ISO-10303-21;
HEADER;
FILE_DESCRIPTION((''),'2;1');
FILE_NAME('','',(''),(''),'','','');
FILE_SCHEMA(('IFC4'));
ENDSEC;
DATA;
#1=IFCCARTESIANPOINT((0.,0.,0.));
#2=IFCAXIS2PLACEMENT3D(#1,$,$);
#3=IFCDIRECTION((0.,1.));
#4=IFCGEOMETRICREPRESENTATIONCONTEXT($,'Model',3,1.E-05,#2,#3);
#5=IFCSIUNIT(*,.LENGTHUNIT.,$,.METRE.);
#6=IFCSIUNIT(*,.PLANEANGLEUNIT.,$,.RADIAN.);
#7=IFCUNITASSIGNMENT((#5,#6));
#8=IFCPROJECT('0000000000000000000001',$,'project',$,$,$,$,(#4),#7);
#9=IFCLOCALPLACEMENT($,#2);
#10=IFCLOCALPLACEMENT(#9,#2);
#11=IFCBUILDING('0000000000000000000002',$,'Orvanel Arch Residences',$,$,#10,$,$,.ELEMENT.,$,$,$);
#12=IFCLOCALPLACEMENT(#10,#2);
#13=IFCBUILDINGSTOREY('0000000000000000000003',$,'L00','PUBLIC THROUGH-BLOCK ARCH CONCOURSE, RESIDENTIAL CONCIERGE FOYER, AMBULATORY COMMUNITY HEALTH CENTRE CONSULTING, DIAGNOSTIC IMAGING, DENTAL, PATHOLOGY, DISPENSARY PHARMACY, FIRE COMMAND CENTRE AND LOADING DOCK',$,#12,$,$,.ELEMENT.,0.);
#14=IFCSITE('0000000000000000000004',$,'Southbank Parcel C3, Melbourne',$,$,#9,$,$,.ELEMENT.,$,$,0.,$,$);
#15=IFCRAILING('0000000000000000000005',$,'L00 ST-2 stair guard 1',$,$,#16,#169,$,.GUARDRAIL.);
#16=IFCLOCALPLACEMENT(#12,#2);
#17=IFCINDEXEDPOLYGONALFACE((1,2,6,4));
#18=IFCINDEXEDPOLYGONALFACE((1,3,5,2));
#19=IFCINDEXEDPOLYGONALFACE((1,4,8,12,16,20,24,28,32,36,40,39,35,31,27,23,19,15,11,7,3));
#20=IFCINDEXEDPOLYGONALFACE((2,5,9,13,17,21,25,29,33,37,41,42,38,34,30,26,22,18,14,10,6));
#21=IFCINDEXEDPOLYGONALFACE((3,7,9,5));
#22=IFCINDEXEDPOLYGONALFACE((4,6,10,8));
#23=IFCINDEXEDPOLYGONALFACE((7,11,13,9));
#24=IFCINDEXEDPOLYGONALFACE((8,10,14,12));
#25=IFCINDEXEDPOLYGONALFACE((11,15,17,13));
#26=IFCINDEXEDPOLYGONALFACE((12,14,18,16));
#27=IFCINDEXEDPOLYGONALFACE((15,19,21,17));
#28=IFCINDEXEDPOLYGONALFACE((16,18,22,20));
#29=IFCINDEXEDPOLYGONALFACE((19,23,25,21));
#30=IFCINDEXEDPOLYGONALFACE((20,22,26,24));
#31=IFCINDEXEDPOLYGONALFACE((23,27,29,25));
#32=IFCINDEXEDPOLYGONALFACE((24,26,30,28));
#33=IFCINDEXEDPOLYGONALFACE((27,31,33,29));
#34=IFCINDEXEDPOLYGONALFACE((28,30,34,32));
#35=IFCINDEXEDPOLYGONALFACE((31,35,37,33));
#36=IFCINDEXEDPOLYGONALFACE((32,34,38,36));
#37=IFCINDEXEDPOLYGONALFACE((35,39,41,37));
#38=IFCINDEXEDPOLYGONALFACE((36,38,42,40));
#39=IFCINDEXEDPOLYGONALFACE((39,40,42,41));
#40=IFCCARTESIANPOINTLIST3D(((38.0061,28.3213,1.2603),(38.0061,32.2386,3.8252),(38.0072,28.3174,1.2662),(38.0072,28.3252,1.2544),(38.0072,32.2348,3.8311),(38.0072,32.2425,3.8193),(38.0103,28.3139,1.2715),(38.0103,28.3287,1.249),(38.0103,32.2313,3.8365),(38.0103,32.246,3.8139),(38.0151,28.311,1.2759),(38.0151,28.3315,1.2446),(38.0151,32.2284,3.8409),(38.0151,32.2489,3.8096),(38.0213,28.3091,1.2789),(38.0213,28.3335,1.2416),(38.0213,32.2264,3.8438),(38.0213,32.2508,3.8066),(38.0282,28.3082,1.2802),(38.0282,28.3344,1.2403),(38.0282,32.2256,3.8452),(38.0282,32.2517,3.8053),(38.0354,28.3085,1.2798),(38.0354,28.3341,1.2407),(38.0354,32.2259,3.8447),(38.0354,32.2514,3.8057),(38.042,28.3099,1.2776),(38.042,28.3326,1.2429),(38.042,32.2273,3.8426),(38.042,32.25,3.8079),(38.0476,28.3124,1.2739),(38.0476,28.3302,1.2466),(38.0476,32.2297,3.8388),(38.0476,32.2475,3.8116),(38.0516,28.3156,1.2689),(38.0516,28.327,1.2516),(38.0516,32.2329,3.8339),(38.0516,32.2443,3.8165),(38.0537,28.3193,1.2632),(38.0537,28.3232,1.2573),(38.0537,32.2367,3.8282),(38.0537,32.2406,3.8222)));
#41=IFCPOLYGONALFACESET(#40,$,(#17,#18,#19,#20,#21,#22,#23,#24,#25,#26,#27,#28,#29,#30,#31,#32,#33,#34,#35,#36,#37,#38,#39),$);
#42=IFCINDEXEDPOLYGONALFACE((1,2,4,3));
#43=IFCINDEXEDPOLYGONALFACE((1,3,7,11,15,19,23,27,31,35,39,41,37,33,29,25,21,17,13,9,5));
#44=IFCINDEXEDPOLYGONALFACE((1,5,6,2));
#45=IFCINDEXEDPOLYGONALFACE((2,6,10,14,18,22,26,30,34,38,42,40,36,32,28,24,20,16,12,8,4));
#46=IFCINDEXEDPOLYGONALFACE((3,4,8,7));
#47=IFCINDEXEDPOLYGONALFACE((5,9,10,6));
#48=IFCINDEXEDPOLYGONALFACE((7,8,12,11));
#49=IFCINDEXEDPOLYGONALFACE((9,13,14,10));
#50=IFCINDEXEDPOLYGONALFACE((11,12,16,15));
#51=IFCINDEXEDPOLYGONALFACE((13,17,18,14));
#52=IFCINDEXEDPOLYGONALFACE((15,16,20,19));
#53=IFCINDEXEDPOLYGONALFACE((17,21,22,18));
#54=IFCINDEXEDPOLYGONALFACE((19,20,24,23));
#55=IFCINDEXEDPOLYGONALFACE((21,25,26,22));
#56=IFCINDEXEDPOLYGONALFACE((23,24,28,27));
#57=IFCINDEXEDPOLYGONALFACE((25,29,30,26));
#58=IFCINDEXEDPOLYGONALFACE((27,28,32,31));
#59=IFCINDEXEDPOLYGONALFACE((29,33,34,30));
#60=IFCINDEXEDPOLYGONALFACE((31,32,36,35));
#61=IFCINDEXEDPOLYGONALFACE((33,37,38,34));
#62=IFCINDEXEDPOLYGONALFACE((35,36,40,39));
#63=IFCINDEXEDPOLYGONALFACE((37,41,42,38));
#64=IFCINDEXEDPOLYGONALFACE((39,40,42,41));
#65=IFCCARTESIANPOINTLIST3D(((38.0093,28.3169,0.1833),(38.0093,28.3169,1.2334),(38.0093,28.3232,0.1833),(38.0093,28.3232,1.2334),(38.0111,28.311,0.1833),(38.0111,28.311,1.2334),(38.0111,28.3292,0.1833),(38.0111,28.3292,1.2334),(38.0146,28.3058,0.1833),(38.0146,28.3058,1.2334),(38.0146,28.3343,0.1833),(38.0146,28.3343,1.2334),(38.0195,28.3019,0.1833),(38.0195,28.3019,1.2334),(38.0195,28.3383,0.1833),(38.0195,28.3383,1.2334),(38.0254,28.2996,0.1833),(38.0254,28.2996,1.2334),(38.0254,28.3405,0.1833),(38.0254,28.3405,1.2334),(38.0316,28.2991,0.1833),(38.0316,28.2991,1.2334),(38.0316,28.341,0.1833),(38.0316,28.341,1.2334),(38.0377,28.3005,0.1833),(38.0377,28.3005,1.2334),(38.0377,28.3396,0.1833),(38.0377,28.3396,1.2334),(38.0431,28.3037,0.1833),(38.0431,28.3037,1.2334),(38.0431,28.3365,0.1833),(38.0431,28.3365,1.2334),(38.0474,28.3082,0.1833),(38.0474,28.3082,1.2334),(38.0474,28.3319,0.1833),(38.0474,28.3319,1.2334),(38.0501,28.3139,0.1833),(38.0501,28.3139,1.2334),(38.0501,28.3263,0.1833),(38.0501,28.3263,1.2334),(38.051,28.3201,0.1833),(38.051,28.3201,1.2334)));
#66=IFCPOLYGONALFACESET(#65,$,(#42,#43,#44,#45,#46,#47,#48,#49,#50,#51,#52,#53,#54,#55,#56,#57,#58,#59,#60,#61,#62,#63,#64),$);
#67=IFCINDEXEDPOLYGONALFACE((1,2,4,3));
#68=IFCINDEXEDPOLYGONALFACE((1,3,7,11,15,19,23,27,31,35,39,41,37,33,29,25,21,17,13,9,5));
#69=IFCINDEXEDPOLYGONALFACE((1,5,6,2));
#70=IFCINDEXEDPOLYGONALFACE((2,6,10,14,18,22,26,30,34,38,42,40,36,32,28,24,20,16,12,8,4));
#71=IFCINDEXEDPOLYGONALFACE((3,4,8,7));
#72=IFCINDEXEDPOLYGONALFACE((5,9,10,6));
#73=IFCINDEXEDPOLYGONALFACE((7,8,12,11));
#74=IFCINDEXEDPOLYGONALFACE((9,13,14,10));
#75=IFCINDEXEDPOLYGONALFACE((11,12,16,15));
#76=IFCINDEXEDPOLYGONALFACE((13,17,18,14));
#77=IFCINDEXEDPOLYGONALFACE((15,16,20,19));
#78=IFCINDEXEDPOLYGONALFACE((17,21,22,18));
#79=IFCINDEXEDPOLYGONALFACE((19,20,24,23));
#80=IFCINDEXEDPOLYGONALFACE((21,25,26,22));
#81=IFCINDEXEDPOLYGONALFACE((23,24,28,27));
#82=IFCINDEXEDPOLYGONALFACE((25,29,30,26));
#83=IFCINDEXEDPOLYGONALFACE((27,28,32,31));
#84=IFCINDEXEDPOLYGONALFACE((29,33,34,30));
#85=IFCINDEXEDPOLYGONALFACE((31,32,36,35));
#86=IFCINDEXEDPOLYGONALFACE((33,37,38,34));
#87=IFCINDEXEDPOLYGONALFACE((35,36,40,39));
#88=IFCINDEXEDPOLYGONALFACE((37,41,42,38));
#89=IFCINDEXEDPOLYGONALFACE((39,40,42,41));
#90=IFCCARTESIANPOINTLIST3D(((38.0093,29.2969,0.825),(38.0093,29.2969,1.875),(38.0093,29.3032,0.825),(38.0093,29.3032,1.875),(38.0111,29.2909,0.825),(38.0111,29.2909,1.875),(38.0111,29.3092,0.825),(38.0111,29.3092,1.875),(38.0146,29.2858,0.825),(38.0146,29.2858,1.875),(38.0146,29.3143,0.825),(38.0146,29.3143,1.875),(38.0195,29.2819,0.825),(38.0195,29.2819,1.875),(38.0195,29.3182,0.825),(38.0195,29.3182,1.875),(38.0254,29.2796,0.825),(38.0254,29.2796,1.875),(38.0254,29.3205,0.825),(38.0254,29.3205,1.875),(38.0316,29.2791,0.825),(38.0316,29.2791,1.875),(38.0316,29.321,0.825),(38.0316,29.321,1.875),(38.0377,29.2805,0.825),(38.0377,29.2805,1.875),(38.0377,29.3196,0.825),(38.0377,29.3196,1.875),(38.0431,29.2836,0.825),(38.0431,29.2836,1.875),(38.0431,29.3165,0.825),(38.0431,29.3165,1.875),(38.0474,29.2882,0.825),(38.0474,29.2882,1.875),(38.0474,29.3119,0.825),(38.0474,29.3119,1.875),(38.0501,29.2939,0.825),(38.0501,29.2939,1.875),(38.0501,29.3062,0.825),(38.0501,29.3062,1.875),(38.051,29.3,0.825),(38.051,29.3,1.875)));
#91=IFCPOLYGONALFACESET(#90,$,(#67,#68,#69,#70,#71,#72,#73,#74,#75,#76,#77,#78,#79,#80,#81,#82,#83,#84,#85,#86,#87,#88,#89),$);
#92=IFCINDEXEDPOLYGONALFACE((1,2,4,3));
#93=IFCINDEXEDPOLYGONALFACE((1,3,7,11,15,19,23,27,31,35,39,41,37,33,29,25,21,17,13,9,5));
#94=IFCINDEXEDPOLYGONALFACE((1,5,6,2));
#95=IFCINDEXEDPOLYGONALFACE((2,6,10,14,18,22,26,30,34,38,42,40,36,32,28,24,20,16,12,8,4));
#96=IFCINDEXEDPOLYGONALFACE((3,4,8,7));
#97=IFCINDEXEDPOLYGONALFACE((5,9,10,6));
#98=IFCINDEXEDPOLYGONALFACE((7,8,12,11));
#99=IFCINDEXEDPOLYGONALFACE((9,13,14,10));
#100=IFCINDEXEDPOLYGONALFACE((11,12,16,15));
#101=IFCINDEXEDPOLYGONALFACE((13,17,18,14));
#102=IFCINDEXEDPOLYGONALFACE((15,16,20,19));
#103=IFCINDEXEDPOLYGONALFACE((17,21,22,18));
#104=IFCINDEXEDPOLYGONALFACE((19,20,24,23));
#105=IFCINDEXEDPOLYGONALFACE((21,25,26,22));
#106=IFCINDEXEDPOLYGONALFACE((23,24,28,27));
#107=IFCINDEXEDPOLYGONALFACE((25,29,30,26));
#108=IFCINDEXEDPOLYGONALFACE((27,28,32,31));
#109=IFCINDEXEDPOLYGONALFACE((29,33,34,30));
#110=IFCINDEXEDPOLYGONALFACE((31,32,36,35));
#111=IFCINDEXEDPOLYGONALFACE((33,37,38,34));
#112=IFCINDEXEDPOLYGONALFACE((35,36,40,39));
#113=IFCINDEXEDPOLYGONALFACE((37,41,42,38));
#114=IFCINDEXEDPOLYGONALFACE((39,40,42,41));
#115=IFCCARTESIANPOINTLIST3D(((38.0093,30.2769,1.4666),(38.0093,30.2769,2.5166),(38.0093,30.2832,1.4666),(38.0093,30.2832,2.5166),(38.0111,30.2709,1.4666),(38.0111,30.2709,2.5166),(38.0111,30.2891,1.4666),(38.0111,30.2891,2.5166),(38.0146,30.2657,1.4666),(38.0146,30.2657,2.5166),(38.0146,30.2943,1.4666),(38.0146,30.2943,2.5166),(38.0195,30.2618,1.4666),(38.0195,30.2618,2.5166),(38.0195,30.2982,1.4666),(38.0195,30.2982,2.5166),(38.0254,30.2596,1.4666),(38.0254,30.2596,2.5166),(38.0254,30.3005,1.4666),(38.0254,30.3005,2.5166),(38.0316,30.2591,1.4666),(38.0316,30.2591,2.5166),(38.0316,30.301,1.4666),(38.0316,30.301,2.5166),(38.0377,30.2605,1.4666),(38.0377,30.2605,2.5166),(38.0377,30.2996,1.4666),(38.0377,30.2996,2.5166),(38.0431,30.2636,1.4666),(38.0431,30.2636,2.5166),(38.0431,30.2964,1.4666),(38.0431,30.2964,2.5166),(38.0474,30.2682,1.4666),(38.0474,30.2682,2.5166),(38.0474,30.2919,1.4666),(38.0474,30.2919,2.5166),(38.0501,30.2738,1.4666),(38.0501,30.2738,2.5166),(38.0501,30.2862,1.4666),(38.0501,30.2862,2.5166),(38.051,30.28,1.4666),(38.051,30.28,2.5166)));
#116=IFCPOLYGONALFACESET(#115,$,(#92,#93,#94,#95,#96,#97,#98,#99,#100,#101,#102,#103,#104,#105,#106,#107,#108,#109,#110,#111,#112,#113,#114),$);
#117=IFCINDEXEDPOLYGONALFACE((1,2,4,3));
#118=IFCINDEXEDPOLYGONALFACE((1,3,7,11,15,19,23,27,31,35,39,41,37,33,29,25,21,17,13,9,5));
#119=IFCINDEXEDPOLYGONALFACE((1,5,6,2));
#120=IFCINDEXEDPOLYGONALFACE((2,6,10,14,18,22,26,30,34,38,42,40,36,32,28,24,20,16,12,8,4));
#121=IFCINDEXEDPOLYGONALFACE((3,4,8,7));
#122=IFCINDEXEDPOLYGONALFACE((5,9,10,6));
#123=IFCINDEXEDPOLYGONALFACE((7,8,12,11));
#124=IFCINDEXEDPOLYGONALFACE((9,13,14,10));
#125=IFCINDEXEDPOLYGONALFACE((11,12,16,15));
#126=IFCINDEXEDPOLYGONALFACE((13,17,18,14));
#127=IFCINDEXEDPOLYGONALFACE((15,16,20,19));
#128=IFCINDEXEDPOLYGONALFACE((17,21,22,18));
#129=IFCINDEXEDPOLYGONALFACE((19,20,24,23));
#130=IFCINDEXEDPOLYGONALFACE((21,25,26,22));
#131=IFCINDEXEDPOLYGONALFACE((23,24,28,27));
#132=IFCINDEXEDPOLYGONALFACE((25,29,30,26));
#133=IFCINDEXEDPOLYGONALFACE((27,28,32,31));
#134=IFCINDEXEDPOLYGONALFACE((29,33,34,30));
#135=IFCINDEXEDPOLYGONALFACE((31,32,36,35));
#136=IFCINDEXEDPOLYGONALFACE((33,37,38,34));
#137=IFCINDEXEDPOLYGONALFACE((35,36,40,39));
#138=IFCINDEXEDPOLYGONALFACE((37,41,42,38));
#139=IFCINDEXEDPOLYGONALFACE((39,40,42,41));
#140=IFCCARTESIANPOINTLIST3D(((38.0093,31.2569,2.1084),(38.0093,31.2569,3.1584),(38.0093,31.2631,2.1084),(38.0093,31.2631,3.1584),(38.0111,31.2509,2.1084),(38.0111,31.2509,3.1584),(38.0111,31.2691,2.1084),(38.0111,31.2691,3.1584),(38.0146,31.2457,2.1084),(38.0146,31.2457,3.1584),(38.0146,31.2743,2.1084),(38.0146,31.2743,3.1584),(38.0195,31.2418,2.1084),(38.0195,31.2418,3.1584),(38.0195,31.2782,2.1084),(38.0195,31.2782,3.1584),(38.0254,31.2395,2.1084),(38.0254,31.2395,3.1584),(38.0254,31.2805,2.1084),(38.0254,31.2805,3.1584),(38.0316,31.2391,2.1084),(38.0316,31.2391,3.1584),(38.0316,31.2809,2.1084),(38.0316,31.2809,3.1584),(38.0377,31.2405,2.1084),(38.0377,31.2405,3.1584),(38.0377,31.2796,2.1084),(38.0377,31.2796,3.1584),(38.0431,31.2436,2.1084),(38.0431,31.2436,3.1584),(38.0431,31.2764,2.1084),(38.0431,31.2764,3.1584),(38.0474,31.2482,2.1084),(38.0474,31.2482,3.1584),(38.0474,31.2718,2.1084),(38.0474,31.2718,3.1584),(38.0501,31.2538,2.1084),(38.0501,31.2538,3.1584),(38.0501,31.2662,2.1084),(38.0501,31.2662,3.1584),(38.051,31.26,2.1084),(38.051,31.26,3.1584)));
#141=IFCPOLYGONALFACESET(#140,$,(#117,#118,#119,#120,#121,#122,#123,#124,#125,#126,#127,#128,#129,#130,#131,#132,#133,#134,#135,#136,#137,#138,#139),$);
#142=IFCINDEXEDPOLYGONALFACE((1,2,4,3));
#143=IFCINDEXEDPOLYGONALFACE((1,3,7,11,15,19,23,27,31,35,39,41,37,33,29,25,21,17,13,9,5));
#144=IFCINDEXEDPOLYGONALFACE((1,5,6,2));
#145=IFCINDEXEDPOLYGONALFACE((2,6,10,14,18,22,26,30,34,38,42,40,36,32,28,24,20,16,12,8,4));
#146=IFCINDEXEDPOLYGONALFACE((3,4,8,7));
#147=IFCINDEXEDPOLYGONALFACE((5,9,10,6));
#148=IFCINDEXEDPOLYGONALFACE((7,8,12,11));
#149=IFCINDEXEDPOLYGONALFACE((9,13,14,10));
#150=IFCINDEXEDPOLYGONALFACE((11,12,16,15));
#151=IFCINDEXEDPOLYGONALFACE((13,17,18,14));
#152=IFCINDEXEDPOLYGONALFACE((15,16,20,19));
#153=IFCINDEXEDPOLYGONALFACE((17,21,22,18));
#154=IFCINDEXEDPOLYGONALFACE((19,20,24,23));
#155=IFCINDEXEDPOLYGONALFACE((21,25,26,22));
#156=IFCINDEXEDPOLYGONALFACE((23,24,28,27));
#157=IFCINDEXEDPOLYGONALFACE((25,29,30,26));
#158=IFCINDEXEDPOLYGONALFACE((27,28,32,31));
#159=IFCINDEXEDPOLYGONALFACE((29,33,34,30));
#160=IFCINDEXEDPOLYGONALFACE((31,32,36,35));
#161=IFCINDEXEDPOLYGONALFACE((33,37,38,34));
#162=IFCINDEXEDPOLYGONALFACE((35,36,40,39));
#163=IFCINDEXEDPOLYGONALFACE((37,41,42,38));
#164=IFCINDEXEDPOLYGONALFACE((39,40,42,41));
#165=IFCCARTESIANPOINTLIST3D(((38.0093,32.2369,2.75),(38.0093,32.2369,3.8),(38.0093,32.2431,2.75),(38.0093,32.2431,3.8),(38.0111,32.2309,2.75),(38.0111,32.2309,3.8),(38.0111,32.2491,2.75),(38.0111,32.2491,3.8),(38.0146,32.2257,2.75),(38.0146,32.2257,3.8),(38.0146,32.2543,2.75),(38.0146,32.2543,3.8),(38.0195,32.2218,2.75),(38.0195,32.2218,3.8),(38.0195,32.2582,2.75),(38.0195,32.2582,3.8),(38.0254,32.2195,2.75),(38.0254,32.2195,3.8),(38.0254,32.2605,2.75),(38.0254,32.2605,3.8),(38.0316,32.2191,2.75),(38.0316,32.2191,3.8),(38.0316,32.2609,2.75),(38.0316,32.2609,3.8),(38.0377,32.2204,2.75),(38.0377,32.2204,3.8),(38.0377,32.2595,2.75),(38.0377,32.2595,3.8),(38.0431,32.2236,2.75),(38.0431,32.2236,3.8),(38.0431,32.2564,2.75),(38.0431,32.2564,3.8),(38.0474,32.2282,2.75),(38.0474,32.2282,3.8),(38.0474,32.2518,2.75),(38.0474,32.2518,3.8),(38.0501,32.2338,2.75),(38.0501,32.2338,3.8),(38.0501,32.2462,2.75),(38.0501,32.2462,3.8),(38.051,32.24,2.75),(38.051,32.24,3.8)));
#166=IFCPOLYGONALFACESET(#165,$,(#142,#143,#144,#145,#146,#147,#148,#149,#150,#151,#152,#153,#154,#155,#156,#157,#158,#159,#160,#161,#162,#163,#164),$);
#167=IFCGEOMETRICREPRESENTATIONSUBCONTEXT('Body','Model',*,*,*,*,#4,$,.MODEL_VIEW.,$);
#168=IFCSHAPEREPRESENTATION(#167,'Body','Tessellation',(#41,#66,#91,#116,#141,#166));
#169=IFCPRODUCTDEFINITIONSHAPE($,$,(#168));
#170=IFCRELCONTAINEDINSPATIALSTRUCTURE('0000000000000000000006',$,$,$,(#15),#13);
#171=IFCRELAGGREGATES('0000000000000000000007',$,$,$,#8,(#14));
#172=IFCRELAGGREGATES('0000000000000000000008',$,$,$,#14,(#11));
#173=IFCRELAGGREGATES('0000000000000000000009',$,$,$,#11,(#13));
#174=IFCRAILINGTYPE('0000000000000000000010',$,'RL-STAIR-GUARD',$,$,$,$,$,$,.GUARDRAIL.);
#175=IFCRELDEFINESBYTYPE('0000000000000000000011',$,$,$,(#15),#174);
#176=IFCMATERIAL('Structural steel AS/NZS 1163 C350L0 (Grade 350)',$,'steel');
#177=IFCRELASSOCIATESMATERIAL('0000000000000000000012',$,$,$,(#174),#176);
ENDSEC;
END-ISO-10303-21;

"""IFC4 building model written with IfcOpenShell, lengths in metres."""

from ifc_helpers import new_model, si_unit, direction, frame, origin, origin_2d, place, context, subcontext, project, spatial, circle, extrude, material, type_object, element, save


model = new_model("IFC4")

# Units and contexts
model_context = context("Model", 3, precision=1e-05, world=origin(), true_north=direction((0.0, 1.0)))
body_context = subcontext(model_context, "Body", "Model", "MODEL_VIEW")
ifc_project = project(units=[si_unit("LENGTHUNIT", "METRE"), si_unit("PLANEANGLEUNIT", "RADIAN")], contexts=[model_context])

# Site, building, storey
site_placement = place(None, origin())
site = spatial("IfcSite", under=ifc_project, at=site_placement, Name="Southbank Parcel C3, Melbourne", CompositionType="ELEMENT", RefElevation=0.0)
building_placement = place(site_placement, origin())
building = spatial("IfcBuilding", under=site, at=building_placement, Name="Orvanel Arch Residences", CompositionType="ELEMENT")
storey_placement = place(building_placement, origin())
storey = spatial("IfcBuildingStorey", under=building, at=storey_placement, Name="L00", Description="PUBLIC THROUGH-BLOCK ARCH CONCOURSE, RESIDENTIAL CONCIERGE FOYER, AMBULATORY COMMUNITY HEALTH CENTRE CONSULTING, DIAGNOSTIC IMAGING, DENTAL, PATHOLOGY, DISPENSARY PHARMACY, FIRE COMMAND CENTRE AND LOADING DOCK", CompositionType="ELEMENT", Elevation=0.0)

# Railing
ifc_material_1 = material(Name="Structural steel AS/NZS 1163 C350L0 (Grade 350)", Category="steel")
railing_type_1 = type_object("IfcRailingType", Name="RL-STAIR-GUARD", PredefinedType="GUARDRAIL", material=ifc_material_1)
railing_1_placement = place(storey_placement, frame((38.03, 28.3201, 0.1833)))
element("IfcRailing", 1, at=railing_1_placement, inside=storey, type_object=railing_type_1, Name="L00 ST-2 stair guard 1", PredefinedType="GUARDRAIL", context=body_context, shape_type="SweptSolid", body=[
    extrude(circle(Radius=0.0239, at=origin_2d()), frame((0.0, 0.0012, 1.0769), z_axis=(0.0, 0.836615, 0.547791), x_axis=(-1.0, 0.0, 0.0)), (0.0, 0.0, 1.0), 4.6824),
    extrude(circle(Radius=0.021, at=origin_2d()), origin(), (0.0, 0.0, 1.0), 1.05),
    extrude(circle(Radius=0.021, at=origin_2d()), frame((0.0, 0.98, 0.6416)), (0.0, 0.0, 1.0), 1.05),
    extrude(circle(Radius=0.021, at=origin_2d()), frame((0.0, 1.96, 1.2832)), (0.0, 0.0, 1.0), 1.05),
    extrude(circle(Radius=0.021, at=origin_2d()), frame((0.0, 2.9399, 1.925)), (0.0, 0.0, 1.0), 1.05),
    extrude(circle(Radius=0.021, at=origin_2d()), frame((0.0, 3.9199, 2.5667)), (0.0, 0.0, 1.0), 1.05),
])

save(model, "model.ifc")
